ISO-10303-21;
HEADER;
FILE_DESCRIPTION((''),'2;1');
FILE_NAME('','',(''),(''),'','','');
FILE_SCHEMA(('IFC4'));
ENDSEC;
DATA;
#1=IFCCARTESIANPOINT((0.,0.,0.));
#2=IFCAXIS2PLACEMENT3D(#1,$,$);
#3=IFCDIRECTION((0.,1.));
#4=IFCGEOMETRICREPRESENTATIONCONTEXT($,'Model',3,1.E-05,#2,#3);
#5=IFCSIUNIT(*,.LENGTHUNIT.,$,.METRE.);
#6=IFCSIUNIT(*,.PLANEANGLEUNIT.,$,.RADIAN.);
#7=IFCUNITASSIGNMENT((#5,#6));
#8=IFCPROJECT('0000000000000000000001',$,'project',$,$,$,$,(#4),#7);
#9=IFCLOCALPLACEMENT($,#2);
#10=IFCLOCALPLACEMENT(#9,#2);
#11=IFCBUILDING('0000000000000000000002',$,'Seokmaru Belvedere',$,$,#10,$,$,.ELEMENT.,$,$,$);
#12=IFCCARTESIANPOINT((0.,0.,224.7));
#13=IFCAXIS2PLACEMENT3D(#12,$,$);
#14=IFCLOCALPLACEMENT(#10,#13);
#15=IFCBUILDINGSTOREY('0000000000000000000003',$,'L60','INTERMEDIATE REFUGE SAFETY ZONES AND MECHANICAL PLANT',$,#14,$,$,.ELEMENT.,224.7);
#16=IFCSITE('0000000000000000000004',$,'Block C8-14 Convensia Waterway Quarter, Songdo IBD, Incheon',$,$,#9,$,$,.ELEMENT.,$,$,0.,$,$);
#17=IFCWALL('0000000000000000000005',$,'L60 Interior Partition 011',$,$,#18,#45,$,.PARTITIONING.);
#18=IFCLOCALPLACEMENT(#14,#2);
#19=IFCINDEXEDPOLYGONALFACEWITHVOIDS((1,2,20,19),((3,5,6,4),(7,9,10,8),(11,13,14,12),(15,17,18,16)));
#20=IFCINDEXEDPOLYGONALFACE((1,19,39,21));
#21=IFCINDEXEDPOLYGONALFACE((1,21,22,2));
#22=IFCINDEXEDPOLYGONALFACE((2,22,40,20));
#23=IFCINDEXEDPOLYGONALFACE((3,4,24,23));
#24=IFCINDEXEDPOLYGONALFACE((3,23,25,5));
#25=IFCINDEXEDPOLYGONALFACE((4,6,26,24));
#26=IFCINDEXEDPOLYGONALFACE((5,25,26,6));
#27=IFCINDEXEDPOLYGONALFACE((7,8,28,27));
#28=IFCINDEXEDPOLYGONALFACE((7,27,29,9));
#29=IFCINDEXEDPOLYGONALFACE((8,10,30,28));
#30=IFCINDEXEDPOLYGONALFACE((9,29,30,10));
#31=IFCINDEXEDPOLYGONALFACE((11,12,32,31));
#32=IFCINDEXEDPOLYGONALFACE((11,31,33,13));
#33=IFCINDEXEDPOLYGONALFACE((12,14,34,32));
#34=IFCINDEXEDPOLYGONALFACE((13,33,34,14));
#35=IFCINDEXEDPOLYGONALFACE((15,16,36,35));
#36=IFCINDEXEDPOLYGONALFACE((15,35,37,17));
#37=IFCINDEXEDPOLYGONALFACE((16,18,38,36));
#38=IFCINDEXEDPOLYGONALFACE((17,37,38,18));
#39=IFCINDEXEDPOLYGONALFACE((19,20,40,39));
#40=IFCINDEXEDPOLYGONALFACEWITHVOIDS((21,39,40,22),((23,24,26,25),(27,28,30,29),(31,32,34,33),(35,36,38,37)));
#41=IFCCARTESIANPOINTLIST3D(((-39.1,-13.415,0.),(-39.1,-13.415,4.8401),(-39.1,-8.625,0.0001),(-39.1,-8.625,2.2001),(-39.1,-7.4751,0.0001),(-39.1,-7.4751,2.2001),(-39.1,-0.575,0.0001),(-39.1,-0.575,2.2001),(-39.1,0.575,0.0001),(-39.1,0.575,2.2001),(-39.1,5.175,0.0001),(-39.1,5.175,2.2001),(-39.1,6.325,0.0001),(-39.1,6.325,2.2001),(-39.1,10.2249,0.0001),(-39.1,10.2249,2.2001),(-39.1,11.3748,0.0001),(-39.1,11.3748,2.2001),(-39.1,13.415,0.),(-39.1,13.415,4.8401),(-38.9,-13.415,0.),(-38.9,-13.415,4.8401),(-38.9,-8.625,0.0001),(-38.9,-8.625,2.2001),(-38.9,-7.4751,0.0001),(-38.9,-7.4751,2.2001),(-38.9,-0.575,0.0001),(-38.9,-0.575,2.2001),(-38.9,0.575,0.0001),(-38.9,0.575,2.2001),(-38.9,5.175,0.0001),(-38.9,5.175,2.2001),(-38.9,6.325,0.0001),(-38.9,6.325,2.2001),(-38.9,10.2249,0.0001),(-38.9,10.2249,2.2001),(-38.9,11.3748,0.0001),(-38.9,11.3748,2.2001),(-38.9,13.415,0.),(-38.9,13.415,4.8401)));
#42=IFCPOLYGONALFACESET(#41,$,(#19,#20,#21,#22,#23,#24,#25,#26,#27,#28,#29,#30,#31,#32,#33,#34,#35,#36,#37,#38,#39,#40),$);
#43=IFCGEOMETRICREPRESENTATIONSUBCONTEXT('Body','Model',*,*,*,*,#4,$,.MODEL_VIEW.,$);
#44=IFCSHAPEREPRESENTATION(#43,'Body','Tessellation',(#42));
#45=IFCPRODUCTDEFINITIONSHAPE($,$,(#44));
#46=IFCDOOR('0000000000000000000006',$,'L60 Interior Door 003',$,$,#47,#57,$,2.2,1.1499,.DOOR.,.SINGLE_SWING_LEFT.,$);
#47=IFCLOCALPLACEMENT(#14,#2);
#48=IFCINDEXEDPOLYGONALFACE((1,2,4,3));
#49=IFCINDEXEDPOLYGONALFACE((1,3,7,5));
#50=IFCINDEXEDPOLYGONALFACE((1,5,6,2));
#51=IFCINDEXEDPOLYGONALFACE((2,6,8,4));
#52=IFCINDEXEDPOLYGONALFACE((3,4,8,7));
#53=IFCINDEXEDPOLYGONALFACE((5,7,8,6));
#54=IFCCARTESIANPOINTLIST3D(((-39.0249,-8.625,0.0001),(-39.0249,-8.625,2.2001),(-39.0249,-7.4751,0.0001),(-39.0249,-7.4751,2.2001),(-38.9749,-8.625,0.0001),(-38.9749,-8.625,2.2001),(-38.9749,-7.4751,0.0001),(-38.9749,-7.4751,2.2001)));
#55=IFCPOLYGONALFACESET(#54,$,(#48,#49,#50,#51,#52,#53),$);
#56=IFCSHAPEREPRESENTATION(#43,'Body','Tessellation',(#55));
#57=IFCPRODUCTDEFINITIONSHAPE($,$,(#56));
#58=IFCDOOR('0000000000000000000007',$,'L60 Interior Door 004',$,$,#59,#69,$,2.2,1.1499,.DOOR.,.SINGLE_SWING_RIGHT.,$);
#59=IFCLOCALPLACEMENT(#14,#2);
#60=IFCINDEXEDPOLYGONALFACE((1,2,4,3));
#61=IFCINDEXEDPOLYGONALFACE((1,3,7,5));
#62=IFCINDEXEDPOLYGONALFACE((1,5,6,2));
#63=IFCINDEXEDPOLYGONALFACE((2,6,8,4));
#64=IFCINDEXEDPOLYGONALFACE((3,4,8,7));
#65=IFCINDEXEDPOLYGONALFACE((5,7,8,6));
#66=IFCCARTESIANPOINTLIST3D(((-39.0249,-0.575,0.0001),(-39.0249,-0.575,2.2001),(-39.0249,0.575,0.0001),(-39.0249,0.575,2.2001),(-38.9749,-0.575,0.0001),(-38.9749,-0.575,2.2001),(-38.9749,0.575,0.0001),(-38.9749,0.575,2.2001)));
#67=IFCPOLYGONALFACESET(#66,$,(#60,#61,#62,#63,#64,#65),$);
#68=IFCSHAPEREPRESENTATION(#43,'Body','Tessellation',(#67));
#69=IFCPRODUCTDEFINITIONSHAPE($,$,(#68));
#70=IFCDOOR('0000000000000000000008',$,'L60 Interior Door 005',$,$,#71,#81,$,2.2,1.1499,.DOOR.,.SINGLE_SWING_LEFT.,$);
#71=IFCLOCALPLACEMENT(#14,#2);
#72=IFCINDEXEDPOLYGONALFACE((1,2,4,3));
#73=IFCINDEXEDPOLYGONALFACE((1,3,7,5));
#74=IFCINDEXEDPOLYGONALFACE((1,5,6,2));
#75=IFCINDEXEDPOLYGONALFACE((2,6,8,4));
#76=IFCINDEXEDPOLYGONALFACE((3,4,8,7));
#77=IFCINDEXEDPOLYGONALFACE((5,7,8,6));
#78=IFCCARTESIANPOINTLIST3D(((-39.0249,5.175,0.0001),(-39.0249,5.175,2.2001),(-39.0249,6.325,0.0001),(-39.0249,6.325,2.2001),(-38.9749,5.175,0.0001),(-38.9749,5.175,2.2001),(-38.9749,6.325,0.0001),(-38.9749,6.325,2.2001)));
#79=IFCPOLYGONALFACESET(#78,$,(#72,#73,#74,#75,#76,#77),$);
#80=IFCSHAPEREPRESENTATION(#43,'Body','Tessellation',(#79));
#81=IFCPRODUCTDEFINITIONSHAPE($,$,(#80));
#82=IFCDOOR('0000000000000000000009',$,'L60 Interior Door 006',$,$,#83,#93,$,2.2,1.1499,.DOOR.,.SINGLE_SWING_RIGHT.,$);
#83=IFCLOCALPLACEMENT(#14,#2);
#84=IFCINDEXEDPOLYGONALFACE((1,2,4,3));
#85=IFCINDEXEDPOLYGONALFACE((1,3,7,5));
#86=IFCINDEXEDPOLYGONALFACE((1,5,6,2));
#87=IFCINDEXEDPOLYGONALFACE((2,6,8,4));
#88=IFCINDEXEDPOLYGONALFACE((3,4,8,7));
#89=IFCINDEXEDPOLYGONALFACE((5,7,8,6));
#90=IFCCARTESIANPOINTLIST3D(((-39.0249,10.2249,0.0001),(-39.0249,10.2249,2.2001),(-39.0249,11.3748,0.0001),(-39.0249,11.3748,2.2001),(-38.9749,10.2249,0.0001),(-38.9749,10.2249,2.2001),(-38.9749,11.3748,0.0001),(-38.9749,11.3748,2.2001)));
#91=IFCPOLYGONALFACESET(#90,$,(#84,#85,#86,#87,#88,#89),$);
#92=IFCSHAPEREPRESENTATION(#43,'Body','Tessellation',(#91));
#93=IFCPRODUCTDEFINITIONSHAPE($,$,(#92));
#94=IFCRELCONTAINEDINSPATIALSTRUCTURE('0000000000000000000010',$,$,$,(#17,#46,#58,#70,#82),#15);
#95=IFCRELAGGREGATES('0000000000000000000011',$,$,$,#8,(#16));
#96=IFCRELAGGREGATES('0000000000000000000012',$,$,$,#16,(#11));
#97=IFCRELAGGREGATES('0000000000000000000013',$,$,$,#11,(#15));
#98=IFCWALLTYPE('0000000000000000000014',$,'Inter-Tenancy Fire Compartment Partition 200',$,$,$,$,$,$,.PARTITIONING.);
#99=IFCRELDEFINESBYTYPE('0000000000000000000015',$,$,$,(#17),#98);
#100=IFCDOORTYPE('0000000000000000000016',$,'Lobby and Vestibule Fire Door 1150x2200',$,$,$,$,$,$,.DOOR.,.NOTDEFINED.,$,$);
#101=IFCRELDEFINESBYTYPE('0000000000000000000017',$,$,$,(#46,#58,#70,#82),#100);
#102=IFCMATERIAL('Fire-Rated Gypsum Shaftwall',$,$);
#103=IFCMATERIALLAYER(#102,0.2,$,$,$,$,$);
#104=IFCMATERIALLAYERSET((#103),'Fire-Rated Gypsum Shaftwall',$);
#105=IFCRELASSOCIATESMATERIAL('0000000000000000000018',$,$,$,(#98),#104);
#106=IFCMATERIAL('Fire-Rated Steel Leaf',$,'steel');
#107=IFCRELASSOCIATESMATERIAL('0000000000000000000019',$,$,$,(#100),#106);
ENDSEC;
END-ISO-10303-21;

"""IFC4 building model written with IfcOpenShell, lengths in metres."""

from ifc_helpers import new_model, si_unit, direction, frame, frame_2d, origin, place, context, subcontext, project, spatial, rectangle, extrude, source, transform, mapped, material, layer, layer_set, type_object, type_shapes, element, fill, save


model = new_model("IFC4")

# Units and contexts
model_context = context("Model", 3, precision=1e-05, world=origin(), true_north=direction((0.0, 1.0)))
body_context = subcontext(model_context, "Body", "Model", "MODEL_VIEW")
ifc_project = project(units=[si_unit("LENGTHUNIT", "METRE"), si_unit("PLANEANGLEUNIT", "RADIAN")], contexts=[model_context])

# Site, building, storey
site_placement = place(None, origin())
site = spatial("IfcSite", under=ifc_project, at=site_placement, Name="Block C8-14 Convensia Waterway Quarter, Songdo IBD, Incheon", CompositionType="ELEMENT", RefElevation=0.0)
building_placement = place(site_placement, origin())
building = spatial("IfcBuilding", under=site, at=building_placement, Name="Seokmaru Belvedere", CompositionType="ELEMENT")
storey_placement = place(building_placement, frame((0.0, 0.0, 224.7)))
storey = spatial("IfcBuildingStorey", under=building, at=storey_placement, Name="L60", Description="INTERMEDIATE REFUGE SAFETY ZONES AND MECHANICAL PLANT", CompositionType="ELEMENT", Elevation=224.7)

# Shared definitions
ifc_material_1 = material(Name="Fire-Rated Gypsum Shaftwall")
ifc_layer = layer(ifc_material_1, 0.2)
ifc_layer_set = layer_set([ifc_layer], Name="Fire-Rated Gypsum Shaftwall")
wall_type = type_object("IfcWallType", Name="Inter-Tenancy Fire Compartment Partition 200", PredefinedType="PARTITIONING", material=ifc_layer_set)
ifc_material_2 = material(Name="Fire-Rated Steel Leaf", Category="steel")
door_type = type_object("IfcDoorType", Name="Lobby and Vestibule Fire Door 1150x2200", OperationType="NOTDEFINED", PredefinedType="DOOR", material=ifc_material_2)
shared_shape_1 = source(origin(), body_context, "Body", "SweptSolid", [
    extrude(rectangle(XDim=1.1499, YDim=2.2, at=frame_2d((0.575, 1.1001))), frame((0.0, 0.0249, 0.0), z_axis=(0.0, -1.0, 0.0), x_axis=(1.0, 0.0, 0.0)), (0.0, 0.0, 1.0), 0.05),
])
type_shapes(door_type, [shared_shape_1])

# Wall, openings, doors
wall_1_placement = place(storey_placement, frame((-39.0, -13.415, 0.0), z_axis=(0.0, 0.0, 1.0), x_axis=(0.0, 1.0, 0.0)))
wall_1 = element("IfcWall", 1, at=wall_1_placement, inside=storey, type_object=wall_type, Name="L60 Interior Partition 011", PredefinedType="PARTITIONING", context=body_context, shape_type="SweptSolid", body=[
    extrude(rectangle(XDim=26.8301, YDim=0.2, at=frame_2d((13.415, 0.0))), origin(), (0.0, 0.0, 1.0), 4.8401),
])
opening_1_placement = place(wall_1_placement, frame((4.79, 0.0, 0.0)))
opening_1 = element("IfcOpeningElement", 2, at=opening_1_placement, cuts=wall_1, PredefinedType="OPENING", context=body_context, shape_type="SweptSolid", body=[
    extrude(rectangle(XDim=1.1499, YDim=2.2, at=frame_2d((0.575, 1.1001))), frame((0.0, 0.1099, 0.0), z_axis=(0.0, -1.0, 0.0), x_axis=(1.0, 0.0, 0.0)), (0.0, 0.0, 1.0), 0.22),
])
opening_2_placement = place(wall_1_placement, frame((12.8401, 0.0, 0.0)))
opening_2 = element("IfcOpeningElement", 3, at=opening_2_placement, cuts=wall_1, PredefinedType="OPENING", context=body_context, shape_type="SweptSolid", body=[
    extrude(rectangle(XDim=1.1499, YDim=2.2, at=frame_2d((0.575, 1.1001))), frame((0.0, 0.1099, 0.0), z_axis=(0.0, -1.0, 0.0), x_axis=(1.0, 0.0, 0.0)), (0.0, 0.0, 1.0), 0.22),
])
opening_3_placement = place(wall_1_placement, frame((18.5901, 0.0, 0.0)))
opening_3 = element("IfcOpeningElement", 4, at=opening_3_placement, cuts=wall_1, PredefinedType="OPENING", context=body_context, shape_type="SweptSolid", body=[
    extrude(rectangle(XDim=1.1499, YDim=2.2, at=frame_2d((0.575, 1.1001))), frame((0.0, 0.1099, 0.0), z_axis=(0.0, -1.0, 0.0), x_axis=(1.0, 0.0, 0.0)), (0.0, 0.0, 1.0), 0.22),
])
opening_4_placement = place(wall_1_placement, frame((23.6399, 0.0, 0.0)))
opening_4 = element("IfcOpeningElement", 5, at=opening_4_placement, cuts=wall_1, PredefinedType="OPENING", context=body_context, shape_type="SweptSolid", body=[
    extrude(rectangle(XDim=1.1499, YDim=2.2, at=frame_2d((0.575, 1.1001))), frame((0.0, 0.1099, 0.0), z_axis=(0.0, -1.0, 0.0), x_axis=(1.0, 0.0, 0.0)), (0.0, 0.0, 1.0), 0.22),
])
door_1_placement = place(opening_1_placement, origin())
door_1 = element("IfcDoor", 6, at=door_1_placement, inside=storey, type_object=door_type, Name="L60 Interior Door 003", OperationType="SINGLE_SWING_LEFT", OverallHeight=2.2, OverallWidth=1.1499, PredefinedType="DOOR", context=body_context, shape_type="MappedRepresentation", body=[
    mapped(shared_shape_1, transform((0.0, 0.0, 0.0), scale=1.0)),
])
fill(opening_1, door_1)
door_2_placement = place(opening_2_placement, origin())
door_2 = element("IfcDoor", 7, at=door_2_placement, inside=storey, type_object=door_type, Name="L60 Interior Door 004", OperationType="SINGLE_SWING_RIGHT", OverallHeight=2.2, OverallWidth=1.1499, PredefinedType="DOOR", context=body_context, shape_type="MappedRepresentation", body=[
    mapped(shared_shape_1, transform((0.0, 0.0, 0.0), scale=1.0)),
])
fill(opening_2, door_2)
door_3_placement = place(opening_3_placement, origin())
door_3 = element("IfcDoor", 8, at=door_3_placement, inside=storey, type_object=door_type, Name="L60 Interior Door 005", OperationType="SINGLE_SWING_LEFT", OverallHeight=2.2, OverallWidth=1.1499, PredefinedType="DOOR", context=body_context, shape_type="MappedRepresentation", body=[
    mapped(shared_shape_1, transform((0.0, 0.0, 0.0), scale=1.0)),
])
fill(opening_3, door_3)
door_4_placement = place(opening_4_placement, origin())
door_4 = element("IfcDoor", 9, at=door_4_placement, inside=storey, type_object=door_type, Name="L60 Interior Door 006", OperationType="SINGLE_SWING_RIGHT", OverallHeight=2.2, OverallWidth=1.1499, PredefinedType="DOOR", context=body_context, shape_type="MappedRepresentation", body=[
    mapped(shared_shape_1, transform((0.0, 0.0, 0.0), scale=1.0)),
])
fill(opening_4, door_4)

save(model, "model.ifc")
